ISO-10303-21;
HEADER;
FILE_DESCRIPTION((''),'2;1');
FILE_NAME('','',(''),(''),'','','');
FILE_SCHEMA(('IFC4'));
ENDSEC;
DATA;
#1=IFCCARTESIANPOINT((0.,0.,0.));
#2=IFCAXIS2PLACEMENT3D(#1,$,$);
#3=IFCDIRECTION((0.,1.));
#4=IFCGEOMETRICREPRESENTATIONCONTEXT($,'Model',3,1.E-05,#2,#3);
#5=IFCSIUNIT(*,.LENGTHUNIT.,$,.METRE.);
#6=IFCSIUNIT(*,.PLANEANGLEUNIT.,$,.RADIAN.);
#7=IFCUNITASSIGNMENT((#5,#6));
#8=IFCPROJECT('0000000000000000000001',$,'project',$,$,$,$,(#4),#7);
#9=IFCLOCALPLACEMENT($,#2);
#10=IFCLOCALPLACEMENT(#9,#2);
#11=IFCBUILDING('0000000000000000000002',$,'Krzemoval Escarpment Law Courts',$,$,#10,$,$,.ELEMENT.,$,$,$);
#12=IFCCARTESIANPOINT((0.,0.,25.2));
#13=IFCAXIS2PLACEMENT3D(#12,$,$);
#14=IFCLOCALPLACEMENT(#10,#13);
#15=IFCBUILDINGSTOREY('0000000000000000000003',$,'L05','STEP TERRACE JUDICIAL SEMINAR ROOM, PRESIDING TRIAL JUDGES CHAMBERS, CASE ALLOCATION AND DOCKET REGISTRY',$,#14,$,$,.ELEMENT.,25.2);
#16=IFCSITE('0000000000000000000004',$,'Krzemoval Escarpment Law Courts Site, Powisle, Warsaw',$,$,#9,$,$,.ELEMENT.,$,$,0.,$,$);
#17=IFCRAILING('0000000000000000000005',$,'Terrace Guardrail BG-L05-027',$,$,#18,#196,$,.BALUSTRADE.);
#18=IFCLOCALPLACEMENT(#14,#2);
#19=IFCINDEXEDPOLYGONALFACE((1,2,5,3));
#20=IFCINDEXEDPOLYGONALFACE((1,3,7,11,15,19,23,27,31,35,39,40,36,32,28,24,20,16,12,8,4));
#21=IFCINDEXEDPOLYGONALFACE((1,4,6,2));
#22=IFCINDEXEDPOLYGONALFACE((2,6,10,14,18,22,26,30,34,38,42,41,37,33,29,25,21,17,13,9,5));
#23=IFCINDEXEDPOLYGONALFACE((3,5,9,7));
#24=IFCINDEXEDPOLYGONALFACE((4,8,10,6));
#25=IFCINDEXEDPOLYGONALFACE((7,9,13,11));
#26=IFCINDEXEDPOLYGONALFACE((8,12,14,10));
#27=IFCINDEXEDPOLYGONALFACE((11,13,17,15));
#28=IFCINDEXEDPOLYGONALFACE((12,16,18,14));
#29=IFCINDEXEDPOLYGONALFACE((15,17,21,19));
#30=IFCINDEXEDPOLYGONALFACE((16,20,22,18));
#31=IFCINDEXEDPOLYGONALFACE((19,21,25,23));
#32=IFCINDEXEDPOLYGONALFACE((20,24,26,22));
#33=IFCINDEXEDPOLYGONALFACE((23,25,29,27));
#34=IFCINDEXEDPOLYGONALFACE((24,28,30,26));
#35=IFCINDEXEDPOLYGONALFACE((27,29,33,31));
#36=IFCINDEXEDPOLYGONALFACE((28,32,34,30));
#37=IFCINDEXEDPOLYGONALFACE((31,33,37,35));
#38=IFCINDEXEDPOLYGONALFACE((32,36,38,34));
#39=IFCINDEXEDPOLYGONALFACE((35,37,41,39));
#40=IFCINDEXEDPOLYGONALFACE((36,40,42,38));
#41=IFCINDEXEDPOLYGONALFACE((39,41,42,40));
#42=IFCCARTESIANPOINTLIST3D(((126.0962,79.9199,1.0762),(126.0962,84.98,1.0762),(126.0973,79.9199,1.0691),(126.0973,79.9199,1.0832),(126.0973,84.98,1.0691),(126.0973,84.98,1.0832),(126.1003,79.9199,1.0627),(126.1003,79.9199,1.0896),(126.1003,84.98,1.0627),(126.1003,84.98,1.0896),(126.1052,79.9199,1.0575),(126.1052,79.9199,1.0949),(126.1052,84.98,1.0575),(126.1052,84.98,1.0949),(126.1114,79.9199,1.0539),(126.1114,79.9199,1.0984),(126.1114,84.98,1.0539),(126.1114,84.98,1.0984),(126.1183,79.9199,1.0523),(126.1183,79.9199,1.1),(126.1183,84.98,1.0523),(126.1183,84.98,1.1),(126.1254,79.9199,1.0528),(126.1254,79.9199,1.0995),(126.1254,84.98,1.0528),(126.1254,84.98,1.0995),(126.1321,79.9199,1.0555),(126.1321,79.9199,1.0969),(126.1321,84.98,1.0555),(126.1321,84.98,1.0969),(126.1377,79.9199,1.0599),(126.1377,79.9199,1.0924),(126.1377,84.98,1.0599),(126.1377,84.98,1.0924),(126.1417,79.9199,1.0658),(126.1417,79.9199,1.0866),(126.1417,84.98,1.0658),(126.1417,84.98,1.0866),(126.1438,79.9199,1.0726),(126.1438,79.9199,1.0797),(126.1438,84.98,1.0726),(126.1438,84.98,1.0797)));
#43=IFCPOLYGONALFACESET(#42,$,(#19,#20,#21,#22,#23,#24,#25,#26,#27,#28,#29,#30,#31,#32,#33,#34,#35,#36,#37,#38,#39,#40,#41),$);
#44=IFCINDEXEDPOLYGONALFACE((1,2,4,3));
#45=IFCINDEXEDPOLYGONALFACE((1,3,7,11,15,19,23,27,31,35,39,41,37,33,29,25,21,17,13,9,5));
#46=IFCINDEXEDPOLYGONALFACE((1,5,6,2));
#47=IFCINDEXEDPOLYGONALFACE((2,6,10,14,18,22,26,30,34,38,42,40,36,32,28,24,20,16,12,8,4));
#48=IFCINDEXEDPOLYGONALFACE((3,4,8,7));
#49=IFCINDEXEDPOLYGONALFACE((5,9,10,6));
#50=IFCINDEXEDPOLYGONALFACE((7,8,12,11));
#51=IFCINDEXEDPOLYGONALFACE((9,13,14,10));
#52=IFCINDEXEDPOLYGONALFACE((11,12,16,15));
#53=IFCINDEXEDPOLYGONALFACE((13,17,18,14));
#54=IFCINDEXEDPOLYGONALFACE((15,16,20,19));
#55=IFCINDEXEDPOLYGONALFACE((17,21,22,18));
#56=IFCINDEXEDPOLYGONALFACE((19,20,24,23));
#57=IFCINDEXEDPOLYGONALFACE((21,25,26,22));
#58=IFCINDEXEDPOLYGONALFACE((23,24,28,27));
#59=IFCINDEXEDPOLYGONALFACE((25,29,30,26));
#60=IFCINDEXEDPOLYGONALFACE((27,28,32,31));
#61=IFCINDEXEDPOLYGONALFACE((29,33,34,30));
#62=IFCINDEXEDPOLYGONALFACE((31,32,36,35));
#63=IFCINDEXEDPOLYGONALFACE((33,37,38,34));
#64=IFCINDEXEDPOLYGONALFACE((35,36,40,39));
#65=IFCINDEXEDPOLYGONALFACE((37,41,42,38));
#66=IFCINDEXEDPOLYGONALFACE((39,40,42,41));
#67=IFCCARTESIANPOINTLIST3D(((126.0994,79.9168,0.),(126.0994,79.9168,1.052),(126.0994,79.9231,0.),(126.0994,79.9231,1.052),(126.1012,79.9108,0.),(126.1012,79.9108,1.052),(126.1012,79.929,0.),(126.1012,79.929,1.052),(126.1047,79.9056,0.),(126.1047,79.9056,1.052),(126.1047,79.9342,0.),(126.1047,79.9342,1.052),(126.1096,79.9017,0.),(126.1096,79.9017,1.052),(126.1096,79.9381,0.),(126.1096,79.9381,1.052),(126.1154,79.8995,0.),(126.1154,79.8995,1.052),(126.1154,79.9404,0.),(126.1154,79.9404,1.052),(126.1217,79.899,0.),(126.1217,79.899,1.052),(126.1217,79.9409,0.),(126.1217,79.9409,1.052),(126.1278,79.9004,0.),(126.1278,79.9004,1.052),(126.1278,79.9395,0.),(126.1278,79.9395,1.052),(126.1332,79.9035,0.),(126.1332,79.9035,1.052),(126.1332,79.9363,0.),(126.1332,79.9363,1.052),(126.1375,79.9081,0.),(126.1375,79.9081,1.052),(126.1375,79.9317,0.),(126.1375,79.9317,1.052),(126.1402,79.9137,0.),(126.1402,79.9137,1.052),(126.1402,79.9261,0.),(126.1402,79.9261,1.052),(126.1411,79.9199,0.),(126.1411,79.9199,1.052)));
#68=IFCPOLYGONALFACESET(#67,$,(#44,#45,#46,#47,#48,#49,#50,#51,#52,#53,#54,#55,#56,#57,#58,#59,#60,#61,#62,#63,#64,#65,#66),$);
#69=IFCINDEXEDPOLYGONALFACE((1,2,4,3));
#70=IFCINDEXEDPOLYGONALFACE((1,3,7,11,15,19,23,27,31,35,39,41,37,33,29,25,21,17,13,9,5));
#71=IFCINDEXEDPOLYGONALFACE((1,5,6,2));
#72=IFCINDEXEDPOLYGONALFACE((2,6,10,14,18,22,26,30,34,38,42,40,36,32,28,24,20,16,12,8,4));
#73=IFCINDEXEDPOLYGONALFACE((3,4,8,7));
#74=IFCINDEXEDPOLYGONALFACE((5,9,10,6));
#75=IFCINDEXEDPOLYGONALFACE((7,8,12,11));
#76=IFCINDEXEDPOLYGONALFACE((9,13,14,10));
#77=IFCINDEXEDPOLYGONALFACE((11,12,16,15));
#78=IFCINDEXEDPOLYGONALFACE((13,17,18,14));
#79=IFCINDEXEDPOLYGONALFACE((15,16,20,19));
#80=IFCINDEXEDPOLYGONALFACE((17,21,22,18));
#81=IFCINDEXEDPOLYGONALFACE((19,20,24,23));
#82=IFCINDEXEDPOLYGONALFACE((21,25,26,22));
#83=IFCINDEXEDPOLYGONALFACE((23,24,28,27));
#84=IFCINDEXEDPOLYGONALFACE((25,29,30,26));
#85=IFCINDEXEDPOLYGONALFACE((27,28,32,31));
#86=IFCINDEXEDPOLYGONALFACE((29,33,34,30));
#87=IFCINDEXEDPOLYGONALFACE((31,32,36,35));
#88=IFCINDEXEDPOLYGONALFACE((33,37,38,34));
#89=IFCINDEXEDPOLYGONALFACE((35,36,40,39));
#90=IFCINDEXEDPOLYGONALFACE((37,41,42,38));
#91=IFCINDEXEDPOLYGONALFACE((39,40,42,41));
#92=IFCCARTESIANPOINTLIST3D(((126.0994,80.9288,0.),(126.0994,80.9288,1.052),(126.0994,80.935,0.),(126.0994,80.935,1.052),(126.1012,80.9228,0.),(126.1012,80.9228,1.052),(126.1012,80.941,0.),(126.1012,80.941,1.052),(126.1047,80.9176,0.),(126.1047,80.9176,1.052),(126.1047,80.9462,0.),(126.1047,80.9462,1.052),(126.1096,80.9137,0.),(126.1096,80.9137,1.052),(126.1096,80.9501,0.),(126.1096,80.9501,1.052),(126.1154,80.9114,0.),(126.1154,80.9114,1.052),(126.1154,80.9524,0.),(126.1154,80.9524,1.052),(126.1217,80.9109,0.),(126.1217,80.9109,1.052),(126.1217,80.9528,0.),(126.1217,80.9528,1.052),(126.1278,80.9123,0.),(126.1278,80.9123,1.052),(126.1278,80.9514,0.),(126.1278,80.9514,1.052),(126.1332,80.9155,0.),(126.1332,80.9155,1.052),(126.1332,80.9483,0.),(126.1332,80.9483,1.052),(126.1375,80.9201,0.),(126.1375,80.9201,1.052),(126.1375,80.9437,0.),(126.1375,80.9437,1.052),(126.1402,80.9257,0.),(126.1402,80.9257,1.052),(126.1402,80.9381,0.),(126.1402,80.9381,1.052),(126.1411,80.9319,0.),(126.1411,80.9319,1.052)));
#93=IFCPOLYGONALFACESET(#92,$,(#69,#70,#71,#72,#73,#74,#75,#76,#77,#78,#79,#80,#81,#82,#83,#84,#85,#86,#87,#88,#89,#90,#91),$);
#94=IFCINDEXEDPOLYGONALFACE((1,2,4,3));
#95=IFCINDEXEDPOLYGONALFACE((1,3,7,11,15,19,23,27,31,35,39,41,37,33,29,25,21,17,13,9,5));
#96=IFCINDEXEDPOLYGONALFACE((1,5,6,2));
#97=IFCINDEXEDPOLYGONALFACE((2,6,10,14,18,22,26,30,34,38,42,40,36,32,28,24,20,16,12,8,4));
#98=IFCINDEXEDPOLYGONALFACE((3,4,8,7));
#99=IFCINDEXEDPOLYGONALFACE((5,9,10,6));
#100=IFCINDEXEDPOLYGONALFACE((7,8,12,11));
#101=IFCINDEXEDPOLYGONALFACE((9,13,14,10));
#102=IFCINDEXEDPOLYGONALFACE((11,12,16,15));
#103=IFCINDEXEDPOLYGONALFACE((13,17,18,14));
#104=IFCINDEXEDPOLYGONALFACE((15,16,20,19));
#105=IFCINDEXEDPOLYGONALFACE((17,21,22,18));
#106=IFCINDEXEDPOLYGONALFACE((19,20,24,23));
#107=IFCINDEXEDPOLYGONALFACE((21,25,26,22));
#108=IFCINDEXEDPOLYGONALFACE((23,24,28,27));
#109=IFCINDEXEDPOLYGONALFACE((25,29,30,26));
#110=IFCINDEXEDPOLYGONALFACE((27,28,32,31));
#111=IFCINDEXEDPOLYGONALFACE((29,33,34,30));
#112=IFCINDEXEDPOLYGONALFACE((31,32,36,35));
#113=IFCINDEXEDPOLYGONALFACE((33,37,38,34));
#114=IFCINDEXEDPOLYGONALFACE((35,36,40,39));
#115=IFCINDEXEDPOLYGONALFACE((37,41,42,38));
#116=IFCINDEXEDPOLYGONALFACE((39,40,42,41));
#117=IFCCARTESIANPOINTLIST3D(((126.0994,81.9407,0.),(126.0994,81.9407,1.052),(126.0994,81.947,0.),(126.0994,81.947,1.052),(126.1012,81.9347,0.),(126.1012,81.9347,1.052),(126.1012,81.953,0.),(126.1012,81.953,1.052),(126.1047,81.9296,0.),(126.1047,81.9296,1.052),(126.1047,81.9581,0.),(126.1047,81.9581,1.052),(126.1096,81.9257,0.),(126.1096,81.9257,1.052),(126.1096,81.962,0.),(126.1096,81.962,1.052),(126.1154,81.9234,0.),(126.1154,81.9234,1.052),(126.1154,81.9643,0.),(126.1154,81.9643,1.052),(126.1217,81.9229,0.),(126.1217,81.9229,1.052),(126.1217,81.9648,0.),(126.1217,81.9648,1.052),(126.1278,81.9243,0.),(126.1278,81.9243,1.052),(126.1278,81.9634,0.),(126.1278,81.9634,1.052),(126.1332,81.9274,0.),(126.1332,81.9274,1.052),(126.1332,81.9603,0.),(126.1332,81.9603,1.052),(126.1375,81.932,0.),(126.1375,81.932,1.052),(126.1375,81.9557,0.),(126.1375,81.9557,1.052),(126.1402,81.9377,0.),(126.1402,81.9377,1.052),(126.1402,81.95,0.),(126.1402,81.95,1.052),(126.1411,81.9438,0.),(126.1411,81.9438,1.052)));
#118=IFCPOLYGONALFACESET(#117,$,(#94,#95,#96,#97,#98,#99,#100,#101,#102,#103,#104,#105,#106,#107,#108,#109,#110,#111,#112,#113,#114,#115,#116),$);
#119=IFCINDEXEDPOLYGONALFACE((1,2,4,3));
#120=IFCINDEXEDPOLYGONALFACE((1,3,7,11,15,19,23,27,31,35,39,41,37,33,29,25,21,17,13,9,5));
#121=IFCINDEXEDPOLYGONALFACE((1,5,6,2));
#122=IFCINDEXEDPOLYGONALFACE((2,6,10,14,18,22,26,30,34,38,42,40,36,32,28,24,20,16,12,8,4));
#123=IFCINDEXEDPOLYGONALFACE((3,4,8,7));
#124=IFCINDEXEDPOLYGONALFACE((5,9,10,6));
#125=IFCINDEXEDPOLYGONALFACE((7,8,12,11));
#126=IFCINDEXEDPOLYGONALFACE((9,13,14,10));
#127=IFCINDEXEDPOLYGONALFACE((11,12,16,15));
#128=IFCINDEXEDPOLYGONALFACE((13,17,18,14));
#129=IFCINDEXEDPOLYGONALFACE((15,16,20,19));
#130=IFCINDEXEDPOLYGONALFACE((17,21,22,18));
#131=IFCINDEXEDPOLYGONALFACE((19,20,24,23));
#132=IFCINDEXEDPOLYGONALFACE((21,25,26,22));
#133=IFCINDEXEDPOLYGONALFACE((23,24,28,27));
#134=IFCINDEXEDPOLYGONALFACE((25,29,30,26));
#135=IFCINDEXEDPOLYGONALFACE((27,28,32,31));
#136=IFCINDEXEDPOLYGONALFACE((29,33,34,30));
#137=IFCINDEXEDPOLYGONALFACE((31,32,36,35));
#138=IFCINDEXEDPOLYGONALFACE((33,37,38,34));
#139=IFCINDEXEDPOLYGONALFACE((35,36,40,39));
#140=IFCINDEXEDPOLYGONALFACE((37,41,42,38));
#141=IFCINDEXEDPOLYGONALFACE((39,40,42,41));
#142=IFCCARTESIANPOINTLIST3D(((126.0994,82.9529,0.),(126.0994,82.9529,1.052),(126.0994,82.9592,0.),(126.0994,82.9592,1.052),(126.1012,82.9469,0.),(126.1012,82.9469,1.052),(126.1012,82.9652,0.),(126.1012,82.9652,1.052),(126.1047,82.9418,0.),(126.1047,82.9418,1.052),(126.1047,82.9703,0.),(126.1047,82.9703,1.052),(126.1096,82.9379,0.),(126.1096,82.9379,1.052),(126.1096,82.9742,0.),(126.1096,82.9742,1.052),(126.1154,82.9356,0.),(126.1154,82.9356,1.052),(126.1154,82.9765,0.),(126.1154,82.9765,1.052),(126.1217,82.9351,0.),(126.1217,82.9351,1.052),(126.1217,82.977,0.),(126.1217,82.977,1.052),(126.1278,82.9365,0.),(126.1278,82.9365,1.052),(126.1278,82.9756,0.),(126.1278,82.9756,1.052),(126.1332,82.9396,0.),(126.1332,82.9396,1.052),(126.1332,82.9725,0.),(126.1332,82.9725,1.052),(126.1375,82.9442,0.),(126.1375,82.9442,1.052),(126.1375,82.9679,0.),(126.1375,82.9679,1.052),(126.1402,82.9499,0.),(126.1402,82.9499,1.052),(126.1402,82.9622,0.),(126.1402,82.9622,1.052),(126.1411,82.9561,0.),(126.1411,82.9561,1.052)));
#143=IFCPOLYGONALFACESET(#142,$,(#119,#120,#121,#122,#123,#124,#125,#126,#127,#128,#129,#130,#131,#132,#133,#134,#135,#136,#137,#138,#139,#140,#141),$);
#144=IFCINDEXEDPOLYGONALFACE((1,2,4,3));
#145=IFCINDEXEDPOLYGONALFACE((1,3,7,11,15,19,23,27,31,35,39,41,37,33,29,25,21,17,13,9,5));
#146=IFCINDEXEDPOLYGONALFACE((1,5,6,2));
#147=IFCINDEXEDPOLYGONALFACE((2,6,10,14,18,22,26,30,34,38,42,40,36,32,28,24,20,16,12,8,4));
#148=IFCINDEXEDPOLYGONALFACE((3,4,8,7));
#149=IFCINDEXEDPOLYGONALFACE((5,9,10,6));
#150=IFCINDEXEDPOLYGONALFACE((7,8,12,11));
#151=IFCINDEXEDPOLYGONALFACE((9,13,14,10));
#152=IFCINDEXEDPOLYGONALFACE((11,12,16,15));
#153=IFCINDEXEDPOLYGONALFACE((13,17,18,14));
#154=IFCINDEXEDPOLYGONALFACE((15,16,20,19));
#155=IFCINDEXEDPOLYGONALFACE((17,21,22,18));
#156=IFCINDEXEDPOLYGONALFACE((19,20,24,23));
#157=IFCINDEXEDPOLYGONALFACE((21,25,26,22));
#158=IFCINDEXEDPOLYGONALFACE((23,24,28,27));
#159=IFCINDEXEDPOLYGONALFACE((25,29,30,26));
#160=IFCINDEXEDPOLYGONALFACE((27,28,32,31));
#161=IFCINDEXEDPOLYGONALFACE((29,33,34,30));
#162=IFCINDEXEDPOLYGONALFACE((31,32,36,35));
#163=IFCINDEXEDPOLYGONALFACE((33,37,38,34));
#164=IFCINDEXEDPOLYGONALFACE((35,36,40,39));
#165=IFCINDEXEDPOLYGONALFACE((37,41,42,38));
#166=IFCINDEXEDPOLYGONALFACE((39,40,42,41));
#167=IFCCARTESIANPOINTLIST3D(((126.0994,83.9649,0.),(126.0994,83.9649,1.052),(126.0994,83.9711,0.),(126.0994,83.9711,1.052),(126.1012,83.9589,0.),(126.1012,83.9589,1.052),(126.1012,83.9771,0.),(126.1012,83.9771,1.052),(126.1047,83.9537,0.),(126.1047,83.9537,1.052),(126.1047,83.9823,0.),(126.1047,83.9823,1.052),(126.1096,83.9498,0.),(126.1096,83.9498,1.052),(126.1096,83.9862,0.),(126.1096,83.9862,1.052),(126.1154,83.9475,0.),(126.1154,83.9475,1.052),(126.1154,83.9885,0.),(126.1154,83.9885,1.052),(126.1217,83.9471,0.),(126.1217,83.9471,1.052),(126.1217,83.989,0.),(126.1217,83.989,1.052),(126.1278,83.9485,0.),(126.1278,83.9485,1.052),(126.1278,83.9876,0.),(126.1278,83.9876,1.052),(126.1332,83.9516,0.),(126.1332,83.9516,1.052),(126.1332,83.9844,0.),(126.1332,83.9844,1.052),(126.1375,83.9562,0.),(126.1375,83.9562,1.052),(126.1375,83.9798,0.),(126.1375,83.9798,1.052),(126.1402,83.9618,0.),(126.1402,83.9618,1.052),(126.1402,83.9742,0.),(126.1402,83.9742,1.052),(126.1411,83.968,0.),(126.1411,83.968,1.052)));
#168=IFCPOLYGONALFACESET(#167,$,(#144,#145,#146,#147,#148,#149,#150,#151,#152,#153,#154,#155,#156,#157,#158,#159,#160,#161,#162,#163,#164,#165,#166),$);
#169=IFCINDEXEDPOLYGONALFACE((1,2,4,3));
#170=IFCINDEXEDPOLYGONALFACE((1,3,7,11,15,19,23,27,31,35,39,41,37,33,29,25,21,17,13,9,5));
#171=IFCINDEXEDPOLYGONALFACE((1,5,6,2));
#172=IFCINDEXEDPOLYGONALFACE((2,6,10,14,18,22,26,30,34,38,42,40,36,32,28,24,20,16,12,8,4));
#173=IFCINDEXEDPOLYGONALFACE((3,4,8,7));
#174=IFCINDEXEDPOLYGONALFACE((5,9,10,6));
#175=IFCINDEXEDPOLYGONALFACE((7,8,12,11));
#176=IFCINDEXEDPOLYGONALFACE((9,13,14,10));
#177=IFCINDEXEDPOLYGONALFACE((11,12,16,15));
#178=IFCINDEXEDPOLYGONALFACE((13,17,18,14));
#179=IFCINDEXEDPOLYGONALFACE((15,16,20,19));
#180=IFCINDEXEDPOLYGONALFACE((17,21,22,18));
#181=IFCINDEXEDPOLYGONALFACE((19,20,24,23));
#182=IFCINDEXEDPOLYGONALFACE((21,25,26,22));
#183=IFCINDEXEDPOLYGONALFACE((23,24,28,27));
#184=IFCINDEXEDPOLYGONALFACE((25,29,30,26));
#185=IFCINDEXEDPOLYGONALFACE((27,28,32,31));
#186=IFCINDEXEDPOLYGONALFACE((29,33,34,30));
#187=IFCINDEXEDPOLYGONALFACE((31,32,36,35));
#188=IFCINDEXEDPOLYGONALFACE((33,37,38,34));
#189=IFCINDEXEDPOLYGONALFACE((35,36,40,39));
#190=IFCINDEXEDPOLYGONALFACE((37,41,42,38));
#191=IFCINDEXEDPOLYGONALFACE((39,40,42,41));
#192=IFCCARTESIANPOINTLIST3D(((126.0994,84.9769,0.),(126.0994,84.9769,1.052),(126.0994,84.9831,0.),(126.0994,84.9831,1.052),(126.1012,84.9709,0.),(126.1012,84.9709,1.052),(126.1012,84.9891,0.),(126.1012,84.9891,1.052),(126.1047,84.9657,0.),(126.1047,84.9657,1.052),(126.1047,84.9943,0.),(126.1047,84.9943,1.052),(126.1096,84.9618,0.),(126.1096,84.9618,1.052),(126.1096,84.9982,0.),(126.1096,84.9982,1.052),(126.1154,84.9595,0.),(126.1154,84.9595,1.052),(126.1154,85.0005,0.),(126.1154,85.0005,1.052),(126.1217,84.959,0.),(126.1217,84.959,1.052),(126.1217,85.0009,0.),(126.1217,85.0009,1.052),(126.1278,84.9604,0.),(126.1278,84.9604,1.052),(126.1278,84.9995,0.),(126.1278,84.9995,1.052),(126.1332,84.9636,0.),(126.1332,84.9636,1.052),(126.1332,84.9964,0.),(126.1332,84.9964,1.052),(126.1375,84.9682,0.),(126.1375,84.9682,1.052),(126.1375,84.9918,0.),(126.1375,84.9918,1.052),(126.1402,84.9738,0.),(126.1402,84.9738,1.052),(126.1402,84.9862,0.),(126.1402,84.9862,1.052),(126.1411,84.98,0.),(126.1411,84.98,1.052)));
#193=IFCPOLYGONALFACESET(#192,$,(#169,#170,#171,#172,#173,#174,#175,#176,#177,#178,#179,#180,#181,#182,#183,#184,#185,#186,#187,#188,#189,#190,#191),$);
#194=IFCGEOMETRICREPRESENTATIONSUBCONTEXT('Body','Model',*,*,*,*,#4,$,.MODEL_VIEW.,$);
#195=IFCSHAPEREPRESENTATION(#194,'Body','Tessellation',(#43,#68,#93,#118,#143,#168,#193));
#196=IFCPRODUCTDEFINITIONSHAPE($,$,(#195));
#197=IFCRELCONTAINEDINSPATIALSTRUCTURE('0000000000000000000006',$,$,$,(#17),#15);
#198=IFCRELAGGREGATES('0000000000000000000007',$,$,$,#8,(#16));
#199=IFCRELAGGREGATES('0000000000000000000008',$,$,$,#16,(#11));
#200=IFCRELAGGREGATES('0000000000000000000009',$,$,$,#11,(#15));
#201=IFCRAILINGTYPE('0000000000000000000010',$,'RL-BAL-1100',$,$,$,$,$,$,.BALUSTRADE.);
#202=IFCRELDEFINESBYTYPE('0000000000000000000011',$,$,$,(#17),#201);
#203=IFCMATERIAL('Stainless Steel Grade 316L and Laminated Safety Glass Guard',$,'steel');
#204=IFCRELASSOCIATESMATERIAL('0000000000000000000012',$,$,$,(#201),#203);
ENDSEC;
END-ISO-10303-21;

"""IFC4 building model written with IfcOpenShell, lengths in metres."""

from ifc_helpers import new_model, si_unit, direction, frame, origin, origin_2d, place, context, subcontext, project, spatial, circle, extrude, material, type_object, element, save


model = new_model("IFC4")

# Units and contexts
model_context = context("Model", 3, precision=1e-05, world=origin(), true_north=direction((0.0, 1.0)))
body_context = subcontext(model_context, "Body", "Model", "MODEL_VIEW")
ifc_project = project(units=[si_unit("LENGTHUNIT", "METRE"), si_unit("PLANEANGLEUNIT", "RADIAN")], contexts=[model_context])

# Site, building, storey
site_placement = place(None, origin())
site = spatial("IfcSite", under=ifc_project, at=site_placement, Name="Krzemoval Escarpment Law Courts Site, Powisle, Warsaw", CompositionType="ELEMENT", RefElevation=0.0)
building_placement = place(site_placement, origin())
building = spatial("IfcBuilding", under=site, at=building_placement, Name="Krzemoval Escarpment Law Courts", CompositionType="ELEMENT")
storey_placement = place(building_placement, frame((0.0, 0.0, 25.2)))
storey = spatial("IfcBuildingStorey", under=building, at=storey_placement, Name="L05", Description="STEP TERRACE JUDICIAL SEMINAR ROOM, PRESIDING TRIAL JUDGES CHAMBERS, CASE ALLOCATION AND DOCKET REGISTRY", CompositionType="ELEMENT", Elevation=25.2)

# Railing
ifc_material_1 = material(Name="Stainless Steel Grade 316L and Laminated Safety Glass Guard", Category="steel")
railing_type = type_object("IfcRailingType", Name="RL-BAL-1100", PredefinedType="BALUSTRADE", material=ifc_material_1)
railing_placement = place(storey_placement, frame((126.1201, 79.9199, 0.0)))
element("IfcRailing", 1, at=railing_placement, inside=storey, type_object=railing_type, Name="Terrace Guardrail BG-L05-027", PredefinedType="BALUSTRADE", context=body_context, shape_type="SweptSolid", body=[
    extrude(circle(Radius=0.0239, at=origin_2d()), frame((0.0, 0.0, 1.0762), z_axis=(0.0, 1.0, 0.0), x_axis=(-1.0, 0.0, 0.0)), (0.0, 0.0, 1.0), 5.0601),
    extrude(circle(Radius=0.021, at=origin_2d()), origin(), (0.0, 0.0, 1.0), 1.052),
    extrude(circle(Radius=0.021, at=origin_2d()), frame((0.0, 1.012, 0.0)), (0.0, 0.0, 1.0), 1.052),
    extrude(circle(Radius=0.021, at=origin_2d()), frame((0.0, 2.0239, 0.0)), (0.0, 0.0, 1.0), 1.052),
    extrude(circle(Radius=0.021, at=origin_2d()), frame((0.0, 3.0361, 0.0)), (0.0, 0.0, 1.0), 1.052),
    extrude(circle(Radius=0.021, at=origin_2d()), frame((0.0, 4.0481, 0.0)), (0.0, 0.0, 1.0), 1.052),
    extrude(circle(Radius=0.021, at=origin_2d()), frame((0.0, 5.0601, 0.0)), (0.0, 0.0, 1.0), 1.052),
])

save(model, "model.ifc")
